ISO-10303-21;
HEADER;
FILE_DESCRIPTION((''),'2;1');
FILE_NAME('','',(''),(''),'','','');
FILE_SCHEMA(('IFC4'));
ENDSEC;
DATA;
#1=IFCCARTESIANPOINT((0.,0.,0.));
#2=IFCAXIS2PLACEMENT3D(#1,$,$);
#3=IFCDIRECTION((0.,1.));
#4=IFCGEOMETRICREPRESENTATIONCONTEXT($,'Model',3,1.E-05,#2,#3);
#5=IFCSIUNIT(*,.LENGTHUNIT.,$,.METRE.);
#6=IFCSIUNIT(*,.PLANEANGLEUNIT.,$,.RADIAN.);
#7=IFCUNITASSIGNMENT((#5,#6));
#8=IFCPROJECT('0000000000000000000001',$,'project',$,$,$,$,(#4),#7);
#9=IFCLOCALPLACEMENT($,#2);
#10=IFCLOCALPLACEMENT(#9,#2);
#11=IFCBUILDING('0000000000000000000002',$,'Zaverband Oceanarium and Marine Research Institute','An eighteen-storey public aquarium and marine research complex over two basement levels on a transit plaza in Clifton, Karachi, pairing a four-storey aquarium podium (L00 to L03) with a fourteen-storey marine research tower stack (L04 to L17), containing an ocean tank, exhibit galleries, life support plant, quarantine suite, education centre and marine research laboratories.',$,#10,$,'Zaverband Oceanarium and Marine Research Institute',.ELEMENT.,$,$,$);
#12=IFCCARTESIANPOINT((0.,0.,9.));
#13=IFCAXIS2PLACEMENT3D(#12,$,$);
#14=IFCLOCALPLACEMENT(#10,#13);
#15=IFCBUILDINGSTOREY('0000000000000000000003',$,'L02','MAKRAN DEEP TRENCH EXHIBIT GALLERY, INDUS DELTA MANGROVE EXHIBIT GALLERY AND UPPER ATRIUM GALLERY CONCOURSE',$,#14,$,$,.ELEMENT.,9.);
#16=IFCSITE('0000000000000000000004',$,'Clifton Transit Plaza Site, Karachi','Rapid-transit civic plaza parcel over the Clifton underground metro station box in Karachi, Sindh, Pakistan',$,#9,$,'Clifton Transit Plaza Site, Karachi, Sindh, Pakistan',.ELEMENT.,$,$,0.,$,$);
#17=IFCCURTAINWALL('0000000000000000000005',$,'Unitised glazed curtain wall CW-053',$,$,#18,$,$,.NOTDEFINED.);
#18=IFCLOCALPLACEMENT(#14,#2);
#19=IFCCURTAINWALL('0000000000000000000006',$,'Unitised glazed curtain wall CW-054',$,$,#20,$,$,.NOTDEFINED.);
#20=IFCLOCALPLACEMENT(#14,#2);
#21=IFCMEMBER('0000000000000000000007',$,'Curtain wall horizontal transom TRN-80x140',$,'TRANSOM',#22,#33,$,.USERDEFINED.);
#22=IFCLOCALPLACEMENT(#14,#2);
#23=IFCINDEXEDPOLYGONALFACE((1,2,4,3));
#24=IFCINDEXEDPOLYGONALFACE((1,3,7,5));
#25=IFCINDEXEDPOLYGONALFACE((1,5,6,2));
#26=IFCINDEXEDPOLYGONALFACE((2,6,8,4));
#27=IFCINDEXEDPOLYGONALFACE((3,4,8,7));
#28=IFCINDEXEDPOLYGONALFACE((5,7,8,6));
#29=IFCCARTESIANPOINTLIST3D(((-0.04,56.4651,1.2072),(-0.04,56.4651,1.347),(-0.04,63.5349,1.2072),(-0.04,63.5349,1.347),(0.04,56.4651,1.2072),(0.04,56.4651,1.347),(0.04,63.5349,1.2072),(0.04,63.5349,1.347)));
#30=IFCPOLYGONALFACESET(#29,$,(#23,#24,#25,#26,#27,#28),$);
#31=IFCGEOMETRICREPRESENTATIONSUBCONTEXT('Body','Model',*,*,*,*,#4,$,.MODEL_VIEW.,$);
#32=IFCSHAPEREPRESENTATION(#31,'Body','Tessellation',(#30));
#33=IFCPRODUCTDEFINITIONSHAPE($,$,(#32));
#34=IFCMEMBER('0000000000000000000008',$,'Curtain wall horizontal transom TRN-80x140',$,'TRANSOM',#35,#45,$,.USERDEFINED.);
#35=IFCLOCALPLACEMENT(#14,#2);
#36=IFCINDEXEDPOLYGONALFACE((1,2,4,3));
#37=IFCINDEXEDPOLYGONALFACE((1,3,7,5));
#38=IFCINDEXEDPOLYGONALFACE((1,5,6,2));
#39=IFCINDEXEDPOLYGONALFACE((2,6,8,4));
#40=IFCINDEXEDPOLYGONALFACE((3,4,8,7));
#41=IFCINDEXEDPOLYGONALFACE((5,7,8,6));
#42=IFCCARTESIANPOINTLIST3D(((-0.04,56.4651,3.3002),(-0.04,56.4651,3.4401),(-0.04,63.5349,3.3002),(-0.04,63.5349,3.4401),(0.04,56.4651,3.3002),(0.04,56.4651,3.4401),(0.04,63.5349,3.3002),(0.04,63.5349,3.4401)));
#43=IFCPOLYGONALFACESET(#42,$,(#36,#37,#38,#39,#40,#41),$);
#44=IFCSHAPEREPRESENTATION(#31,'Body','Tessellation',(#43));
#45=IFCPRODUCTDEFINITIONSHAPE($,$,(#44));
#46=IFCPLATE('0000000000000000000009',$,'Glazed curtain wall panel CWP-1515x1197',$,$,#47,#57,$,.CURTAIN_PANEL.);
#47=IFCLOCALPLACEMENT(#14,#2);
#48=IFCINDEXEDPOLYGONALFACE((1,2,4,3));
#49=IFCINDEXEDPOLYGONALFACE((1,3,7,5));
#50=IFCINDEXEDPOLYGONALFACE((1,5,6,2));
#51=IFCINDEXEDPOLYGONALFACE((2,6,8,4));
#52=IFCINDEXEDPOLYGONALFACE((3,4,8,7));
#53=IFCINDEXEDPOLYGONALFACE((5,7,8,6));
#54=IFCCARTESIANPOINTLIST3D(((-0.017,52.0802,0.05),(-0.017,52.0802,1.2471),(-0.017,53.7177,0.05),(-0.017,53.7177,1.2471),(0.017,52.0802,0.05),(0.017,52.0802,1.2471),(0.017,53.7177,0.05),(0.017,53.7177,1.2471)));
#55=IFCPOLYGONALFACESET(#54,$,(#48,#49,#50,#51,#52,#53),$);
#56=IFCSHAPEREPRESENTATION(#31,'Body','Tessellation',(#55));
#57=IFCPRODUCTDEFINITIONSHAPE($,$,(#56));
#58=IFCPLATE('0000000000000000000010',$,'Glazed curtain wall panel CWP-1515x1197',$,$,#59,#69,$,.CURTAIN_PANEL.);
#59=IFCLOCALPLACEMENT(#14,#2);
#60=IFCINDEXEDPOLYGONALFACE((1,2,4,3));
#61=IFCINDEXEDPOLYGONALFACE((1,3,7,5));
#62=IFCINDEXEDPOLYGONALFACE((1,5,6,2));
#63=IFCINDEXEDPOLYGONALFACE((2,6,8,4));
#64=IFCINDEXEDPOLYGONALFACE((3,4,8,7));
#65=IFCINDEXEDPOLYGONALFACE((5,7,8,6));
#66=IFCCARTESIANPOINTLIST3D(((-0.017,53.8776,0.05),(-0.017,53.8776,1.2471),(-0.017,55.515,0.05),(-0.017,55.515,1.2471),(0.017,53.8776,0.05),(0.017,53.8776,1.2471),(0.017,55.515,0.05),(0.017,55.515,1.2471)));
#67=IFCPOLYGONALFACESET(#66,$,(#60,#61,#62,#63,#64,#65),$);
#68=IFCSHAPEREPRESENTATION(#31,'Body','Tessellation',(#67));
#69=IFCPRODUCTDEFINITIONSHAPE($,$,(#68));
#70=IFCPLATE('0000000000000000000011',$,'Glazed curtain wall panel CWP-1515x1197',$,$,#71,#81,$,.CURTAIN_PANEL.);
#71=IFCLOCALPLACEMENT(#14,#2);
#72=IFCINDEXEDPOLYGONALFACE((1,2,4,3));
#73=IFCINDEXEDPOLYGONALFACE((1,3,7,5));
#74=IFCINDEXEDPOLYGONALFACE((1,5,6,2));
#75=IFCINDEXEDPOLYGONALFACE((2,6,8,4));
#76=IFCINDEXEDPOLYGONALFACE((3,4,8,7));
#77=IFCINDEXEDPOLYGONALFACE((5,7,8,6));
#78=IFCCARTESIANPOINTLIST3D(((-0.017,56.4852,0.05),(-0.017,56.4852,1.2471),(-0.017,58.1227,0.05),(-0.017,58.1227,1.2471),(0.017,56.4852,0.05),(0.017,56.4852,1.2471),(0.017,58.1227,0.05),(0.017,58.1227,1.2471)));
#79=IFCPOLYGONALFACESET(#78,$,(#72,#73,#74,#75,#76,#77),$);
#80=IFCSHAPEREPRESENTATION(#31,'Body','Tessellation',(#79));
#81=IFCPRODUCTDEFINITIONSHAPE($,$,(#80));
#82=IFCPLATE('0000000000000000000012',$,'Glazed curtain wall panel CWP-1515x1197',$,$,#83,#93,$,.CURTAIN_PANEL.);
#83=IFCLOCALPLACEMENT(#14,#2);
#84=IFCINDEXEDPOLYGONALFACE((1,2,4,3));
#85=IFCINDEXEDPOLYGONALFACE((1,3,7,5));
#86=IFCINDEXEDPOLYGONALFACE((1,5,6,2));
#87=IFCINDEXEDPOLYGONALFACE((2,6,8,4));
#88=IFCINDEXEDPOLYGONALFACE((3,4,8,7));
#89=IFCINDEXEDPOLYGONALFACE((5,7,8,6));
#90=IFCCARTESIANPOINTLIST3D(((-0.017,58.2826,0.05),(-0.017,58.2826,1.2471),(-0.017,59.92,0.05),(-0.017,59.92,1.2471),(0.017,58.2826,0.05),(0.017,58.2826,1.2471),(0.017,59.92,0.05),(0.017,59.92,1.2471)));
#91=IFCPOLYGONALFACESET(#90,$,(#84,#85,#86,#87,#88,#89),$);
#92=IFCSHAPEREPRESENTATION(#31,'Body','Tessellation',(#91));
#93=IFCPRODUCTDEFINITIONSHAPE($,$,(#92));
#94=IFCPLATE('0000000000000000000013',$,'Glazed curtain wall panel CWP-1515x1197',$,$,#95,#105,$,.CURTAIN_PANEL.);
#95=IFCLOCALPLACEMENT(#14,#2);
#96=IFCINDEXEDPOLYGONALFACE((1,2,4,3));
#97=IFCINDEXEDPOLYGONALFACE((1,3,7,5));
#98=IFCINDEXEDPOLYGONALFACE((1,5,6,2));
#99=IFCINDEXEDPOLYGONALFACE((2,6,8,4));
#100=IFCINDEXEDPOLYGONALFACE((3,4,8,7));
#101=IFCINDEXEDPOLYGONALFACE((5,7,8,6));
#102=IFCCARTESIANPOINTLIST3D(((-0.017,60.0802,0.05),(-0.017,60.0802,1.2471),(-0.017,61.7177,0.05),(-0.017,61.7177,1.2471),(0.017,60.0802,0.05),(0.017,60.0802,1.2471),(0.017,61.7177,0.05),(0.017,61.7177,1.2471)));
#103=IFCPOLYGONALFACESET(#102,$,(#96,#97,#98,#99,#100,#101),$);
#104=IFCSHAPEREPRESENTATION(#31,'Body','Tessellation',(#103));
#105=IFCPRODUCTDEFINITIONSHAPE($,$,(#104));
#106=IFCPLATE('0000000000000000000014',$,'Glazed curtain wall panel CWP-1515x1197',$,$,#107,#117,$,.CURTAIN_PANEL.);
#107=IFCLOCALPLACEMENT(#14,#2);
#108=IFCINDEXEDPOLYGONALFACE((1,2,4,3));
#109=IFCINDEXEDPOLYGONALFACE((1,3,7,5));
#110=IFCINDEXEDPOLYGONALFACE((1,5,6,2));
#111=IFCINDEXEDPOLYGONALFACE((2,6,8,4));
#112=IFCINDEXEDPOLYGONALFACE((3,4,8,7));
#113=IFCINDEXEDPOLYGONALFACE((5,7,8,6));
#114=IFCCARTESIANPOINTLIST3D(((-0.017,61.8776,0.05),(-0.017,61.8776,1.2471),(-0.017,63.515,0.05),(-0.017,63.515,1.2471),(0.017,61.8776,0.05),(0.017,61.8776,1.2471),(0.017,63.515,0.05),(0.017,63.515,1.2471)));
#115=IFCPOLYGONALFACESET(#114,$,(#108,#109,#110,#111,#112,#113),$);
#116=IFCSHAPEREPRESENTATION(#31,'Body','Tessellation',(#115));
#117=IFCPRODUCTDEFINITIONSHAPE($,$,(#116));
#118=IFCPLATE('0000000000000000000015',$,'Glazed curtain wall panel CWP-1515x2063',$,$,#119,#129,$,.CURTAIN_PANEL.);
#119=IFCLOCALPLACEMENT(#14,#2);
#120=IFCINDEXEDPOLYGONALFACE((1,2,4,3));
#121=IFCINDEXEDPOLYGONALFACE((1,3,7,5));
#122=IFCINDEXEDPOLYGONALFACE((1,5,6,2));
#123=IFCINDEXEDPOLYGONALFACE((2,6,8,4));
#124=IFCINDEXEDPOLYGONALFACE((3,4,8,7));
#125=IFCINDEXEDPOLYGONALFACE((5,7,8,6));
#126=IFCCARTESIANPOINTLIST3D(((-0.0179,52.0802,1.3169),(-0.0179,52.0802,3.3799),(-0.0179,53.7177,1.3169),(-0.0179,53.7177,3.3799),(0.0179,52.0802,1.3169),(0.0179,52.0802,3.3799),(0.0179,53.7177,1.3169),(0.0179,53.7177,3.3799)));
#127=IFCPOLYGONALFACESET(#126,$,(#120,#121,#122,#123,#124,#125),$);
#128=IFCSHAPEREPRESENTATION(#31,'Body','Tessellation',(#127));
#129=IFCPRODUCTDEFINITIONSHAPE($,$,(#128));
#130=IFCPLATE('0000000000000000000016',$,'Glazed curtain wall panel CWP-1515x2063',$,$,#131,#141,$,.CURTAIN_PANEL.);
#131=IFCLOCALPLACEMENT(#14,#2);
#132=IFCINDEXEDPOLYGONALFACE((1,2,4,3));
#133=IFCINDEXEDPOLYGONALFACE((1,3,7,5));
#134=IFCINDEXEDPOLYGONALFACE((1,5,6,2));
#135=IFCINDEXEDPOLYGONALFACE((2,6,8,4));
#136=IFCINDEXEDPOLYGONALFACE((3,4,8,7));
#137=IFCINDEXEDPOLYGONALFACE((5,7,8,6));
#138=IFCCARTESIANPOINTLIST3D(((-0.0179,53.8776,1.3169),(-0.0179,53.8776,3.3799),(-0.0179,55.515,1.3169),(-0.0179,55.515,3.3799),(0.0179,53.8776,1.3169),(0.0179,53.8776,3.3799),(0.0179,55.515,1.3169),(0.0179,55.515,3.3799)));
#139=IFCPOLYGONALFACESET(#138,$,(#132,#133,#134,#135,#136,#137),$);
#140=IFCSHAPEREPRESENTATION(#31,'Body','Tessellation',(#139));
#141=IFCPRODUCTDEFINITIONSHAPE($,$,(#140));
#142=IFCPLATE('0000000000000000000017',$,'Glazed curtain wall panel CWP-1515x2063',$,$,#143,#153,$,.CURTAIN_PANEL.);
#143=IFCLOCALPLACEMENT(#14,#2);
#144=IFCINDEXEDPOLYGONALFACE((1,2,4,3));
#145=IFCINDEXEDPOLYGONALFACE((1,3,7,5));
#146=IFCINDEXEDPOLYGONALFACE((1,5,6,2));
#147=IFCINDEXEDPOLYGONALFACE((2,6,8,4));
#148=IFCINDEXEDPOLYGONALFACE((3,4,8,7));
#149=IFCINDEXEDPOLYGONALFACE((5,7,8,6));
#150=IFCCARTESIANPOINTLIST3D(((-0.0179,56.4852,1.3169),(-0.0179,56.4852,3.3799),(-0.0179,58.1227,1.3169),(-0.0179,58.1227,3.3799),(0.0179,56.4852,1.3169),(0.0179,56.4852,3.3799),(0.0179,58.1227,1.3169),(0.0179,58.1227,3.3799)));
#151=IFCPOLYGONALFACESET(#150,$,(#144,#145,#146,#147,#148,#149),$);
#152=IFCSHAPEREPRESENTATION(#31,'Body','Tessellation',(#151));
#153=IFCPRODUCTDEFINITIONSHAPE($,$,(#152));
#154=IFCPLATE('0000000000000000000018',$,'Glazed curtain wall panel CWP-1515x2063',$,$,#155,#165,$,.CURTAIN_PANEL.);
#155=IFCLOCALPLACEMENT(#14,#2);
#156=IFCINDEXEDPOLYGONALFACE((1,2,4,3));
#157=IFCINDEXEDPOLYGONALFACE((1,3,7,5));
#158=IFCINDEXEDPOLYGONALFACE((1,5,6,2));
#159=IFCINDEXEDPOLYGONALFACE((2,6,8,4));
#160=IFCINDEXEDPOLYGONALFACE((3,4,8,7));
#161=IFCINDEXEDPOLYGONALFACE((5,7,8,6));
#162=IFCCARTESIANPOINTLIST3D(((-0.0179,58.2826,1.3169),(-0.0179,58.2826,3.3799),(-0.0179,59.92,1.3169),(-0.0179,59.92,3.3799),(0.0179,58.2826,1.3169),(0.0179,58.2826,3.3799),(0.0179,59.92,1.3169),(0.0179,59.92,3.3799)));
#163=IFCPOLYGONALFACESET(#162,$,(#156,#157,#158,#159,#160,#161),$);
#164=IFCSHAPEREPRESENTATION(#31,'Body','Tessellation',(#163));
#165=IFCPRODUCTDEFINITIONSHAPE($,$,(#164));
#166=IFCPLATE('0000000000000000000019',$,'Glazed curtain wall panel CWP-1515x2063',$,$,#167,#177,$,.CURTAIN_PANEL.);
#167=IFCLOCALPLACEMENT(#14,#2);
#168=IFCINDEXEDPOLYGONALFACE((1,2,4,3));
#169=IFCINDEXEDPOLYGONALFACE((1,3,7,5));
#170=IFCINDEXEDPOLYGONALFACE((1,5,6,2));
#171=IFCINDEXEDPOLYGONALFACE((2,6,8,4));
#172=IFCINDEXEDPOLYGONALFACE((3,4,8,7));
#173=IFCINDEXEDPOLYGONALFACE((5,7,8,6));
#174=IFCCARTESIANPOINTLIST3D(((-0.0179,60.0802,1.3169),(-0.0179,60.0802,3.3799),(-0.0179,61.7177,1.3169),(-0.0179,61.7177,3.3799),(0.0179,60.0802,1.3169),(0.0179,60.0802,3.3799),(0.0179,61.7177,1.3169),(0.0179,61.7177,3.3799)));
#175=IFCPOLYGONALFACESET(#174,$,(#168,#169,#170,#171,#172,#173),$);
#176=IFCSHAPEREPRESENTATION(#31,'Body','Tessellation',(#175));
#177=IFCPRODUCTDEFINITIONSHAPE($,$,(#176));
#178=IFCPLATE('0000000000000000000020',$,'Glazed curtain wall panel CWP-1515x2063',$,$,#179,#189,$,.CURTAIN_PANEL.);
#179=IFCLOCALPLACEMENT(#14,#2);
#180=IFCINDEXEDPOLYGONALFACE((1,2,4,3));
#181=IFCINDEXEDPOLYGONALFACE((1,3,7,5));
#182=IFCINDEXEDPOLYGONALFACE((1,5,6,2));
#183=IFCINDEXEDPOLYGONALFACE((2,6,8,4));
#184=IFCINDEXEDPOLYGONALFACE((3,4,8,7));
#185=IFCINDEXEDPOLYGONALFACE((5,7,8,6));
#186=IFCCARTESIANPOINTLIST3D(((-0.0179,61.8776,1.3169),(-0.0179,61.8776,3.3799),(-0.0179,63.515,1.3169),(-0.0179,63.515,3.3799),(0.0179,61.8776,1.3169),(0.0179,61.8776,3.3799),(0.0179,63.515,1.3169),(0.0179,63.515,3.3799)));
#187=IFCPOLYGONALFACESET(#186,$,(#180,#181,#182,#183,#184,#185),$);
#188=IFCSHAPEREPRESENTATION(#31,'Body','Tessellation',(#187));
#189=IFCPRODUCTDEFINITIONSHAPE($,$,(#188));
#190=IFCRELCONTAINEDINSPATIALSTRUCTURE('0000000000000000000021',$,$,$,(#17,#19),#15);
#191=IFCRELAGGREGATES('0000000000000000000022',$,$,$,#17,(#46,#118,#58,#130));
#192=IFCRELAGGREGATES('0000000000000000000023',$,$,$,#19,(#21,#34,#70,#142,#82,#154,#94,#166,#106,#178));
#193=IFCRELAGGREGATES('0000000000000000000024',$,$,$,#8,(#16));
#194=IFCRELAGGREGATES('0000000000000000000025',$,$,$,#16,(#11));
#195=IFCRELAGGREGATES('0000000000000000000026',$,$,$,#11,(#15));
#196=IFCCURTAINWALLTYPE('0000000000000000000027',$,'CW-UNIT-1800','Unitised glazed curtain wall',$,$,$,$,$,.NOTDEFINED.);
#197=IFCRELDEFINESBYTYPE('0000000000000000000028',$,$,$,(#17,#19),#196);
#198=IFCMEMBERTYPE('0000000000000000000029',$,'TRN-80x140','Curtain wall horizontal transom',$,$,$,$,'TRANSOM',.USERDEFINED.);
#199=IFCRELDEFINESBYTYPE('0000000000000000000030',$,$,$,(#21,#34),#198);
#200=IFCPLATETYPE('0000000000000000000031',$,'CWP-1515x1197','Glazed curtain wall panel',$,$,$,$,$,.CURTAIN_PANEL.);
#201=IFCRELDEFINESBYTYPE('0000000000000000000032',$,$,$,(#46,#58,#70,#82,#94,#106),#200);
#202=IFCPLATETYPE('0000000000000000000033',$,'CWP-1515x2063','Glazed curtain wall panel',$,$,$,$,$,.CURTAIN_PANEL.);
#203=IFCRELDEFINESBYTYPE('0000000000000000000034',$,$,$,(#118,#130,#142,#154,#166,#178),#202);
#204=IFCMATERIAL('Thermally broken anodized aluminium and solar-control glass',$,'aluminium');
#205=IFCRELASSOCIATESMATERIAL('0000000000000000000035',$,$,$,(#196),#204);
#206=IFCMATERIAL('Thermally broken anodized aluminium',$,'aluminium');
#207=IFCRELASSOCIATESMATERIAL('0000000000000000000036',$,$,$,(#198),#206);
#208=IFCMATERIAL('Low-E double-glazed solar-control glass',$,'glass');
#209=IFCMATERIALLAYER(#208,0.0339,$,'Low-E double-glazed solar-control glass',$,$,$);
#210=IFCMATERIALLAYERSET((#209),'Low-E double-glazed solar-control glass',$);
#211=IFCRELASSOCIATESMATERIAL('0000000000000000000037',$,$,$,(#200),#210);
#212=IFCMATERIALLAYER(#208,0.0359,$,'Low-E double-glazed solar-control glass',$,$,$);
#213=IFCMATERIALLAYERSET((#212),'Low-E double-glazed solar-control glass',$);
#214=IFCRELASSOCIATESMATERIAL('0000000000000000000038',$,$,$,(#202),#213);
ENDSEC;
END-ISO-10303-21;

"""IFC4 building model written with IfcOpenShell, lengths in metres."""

from ifc_helpers import new_model, si_unit, direction, frame, frame_2d, origin, origin_2d, place, context, subcontext, project, spatial, rectangle, extrude, material, layer, layer_set, material_profile, profile_set, type_object, element, aggregate, save


model = new_model("IFC4")

# Units and contexts
model_context = context("Model", 3, precision=1e-05, world=origin(), true_north=direction((0.0, 1.0)))
body_context = subcontext(model_context, "Body", "Model", "MODEL_VIEW")
ifc_project = project(units=[si_unit("LENGTHUNIT", "METRE"), si_unit("PLANEANGLEUNIT", "RADIAN")], contexts=[model_context])

# Site, building, storey
site_placement = place(None, origin())
site = spatial("IfcSite", under=ifc_project, at=site_placement, Name="Clifton Transit Plaza Site, Karachi", Description="Rapid-transit civic plaza parcel over the Clifton underground metro station box in Karachi, Sindh, Pakistan", LongName="Clifton Transit Plaza Site, Karachi, Sindh, Pakistan", CompositionType="ELEMENT", RefElevation=0.0)
building_placement = place(site_placement, origin())
building = spatial("IfcBuilding", under=site, at=building_placement, Name="Zaverband Oceanarium and Marine Research Institute", Description="An eighteen-storey public aquarium and marine research complex over two basement levels on a transit plaza in Clifton, Karachi, pairing a four-storey aquarium podium (L00 to L03) with a fourteen-storey marine research tower stack (L04 to L17), containing an ocean tank, exhibit galleries, life support plant, quarantine suite, education centre and marine research laboratories.", LongName="Zaverband Oceanarium and Marine Research Institute", CompositionType="ELEMENT")
storey_placement = place(building_placement, frame((0.0, 0.0, 9.0)))
storey = spatial("IfcBuildingStorey", under=building, at=storey_placement, Name="L02", Description="MAKRAN DEEP TRENCH EXHIBIT GALLERY, INDUS DELTA MANGROVE EXHIBIT GALLERY AND UPPER ATRIUM GALLERY CONCOURSE", CompositionType="ELEMENT", Elevation=9.0)

# Curtain walls
ifc_material_1 = material(Name="Thermally broken anodized aluminium and solar-control glass", Category="aluminium")
curtain_wall_type = type_object("IfcCurtainWallType", Name="CW-UNIT-1800", Description="Unitised glazed curtain wall", PredefinedType="NOTDEFINED", material=ifc_material_1)
curtain_wall_1_placement = place(storey_placement, origin())
curtain_wall_1 = element("IfcCurtainWall", 1, at=curtain_wall_1_placement, inside=storey, type_object=curtain_wall_type, Name="Unitised glazed curtain wall CW-053", PredefinedType="NOTDEFINED")
ifc_material_2 = material(Name="Thermally broken anodized aluminium", Category="aluminium")
curtain_wall_2_placement = place(storey_placement, origin())
curtain_wall_2 = element("IfcCurtainWall", 2, at=curtain_wall_2_placement, inside=storey, type_object=curtain_wall_type, Name="Unitised glazed curtain wall CW-054", PredefinedType="NOTDEFINED")

# Members
ifc_material_profile_1 = material_profile(ifc_material_2, rectangle(XDim=0.0801, YDim=0.1399, at=origin_2d()), Name="AL-TRN-80x140")
ifc_profile_set_1 = profile_set([ifc_material_profile_1], Name="Thermally broken anodized aluminium")
member_type_1 = type_object("IfcMemberType", Name="TRN-80x140", Description="Curtain wall horizontal transom", ElementType="TRANSOM", PredefinedType="USERDEFINED", material=ifc_profile_set_1)
member_1_placement = place(storey_placement, frame((0.0, 56.4651, 1.2771), z_axis=(0.0, 1.0, 0.0), x_axis=(-1.0, 0.0, 0.0)))
member_1 = element("IfcMember", 3, at=member_1_placement, type_object=member_type_1, Name="Curtain wall horizontal transom TRN-80x140", ObjectType="TRANSOM", PredefinedType="USERDEFINED", context=body_context, shape_type="SweptSolid", body=[
    extrude(rectangle(XDim=0.0801, YDim=0.1399, at=origin_2d()), origin(), (0.0, 0.0, 1.0), 7.0698),
])
member_2_placement = place(storey_placement, frame((0.0, 56.4651, 3.3701), z_axis=(0.0, 1.0, 0.0), x_axis=(-1.0, 0.0, 0.0)))
member_2 = element("IfcMember", 4, at=member_2_placement, type_object=member_type_1, Name="Curtain wall horizontal transom TRN-80x140", ObjectType="TRANSOM", PredefinedType="USERDEFINED", context=body_context, shape_type="SweptSolid", body=[
    extrude(rectangle(XDim=0.0801, YDim=0.1399, at=origin_2d()), origin(), (0.0, 0.0, 1.0), 7.0698),
])

# Plates
ifc_material_3 = material(Name="Low-E double-glazed solar-control glass", Category="glass")
ifc_layer_1 = layer(ifc_material_3, 0.0339, Name="Low-E double-glazed solar-control glass")
ifc_layer_set_1 = layer_set([ifc_layer_1], Name="Low-E double-glazed solar-control glass")
plate_type_1 = type_object("IfcPlateType", Name="CWP-1515x1197", Description="Glazed curtain wall panel", PredefinedType="CURTAIN_PANEL", material=ifc_layer_set_1)
plate_1_placement = place(storey_placement, frame((0.0, 52.0801, 0.05), z_axis=(0.0, 0.0, 1.0), x_axis=(0.0, 1.0, 0.0)))
plate_1 = element("IfcPlate", 5, at=plate_1_placement, type_object=plate_type_1, Name="Glazed curtain wall panel CWP-1515x1197", PredefinedType="CURTAIN_PANEL", context=body_context, shape_type="SweptSolid", body=[
    extrude(rectangle(XDim=1.6375, YDim=0.0339, at=frame_2d((0.8188, 0.0))), origin(), (0.0, 0.0, 1.0), 1.197),
])
plate_2_placement = place(storey_placement, frame((0.0, 53.8774, 0.05), z_axis=(0.0, 0.0, 1.0), x_axis=(0.0, 1.0, 0.0)))
plate_2 = element("IfcPlate", 6, at=plate_2_placement, type_object=plate_type_1, Name="Glazed curtain wall panel CWP-1515x1197", PredefinedType="CURTAIN_PANEL", context=body_context, shape_type="SweptSolid", body=[
    extrude(rectangle(XDim=1.6375, YDim=0.0339, at=frame_2d((0.8188, 0.0))), origin(), (0.0, 0.0, 1.0), 1.197),
])
plate_3_placement = place(storey_placement, frame((0.0, 56.4851, 0.05), z_axis=(0.0, 0.0, 1.0), x_axis=(0.0, 1.0, 0.0)))
plate_3 = element("IfcPlate", 7, at=plate_3_placement, type_object=plate_type_1, Name="Glazed curtain wall panel CWP-1515x1197", PredefinedType="CURTAIN_PANEL", context=body_context, shape_type="SweptSolid", body=[
    extrude(rectangle(XDim=1.6375, YDim=0.0339, at=frame_2d((0.8188, 0.0))), origin(), (0.0, 0.0, 1.0), 1.197),
])
plate_4_placement = place(storey_placement, frame((0.0, 58.2825, 0.05), z_axis=(0.0, 0.0, 1.0), x_axis=(0.0, 1.0, 0.0)))
plate_4 = element("IfcPlate", 8, at=plate_4_placement, type_object=plate_type_1, Name="Glazed curtain wall panel CWP-1515x1197", PredefinedType="CURTAIN_PANEL", context=body_context, shape_type="SweptSolid", body=[
    extrude(rectangle(XDim=1.6375, YDim=0.0339, at=frame_2d((0.8188, 0.0))), origin(), (0.0, 0.0, 1.0), 1.197),
])
plate_5_placement = place(storey_placement, frame((0.0, 60.0801, 0.05), z_axis=(0.0, 0.0, 1.0), x_axis=(0.0, 1.0, 0.0)))
plate_5 = element("IfcPlate", 9, at=plate_5_placement, type_object=plate_type_1, Name="Glazed curtain wall panel CWP-1515x1197", PredefinedType="CURTAIN_PANEL", context=body_context, shape_type="SweptSolid", body=[
    extrude(rectangle(XDim=1.6375, YDim=0.0339, at=frame_2d((0.8188, 0.0))), origin(), (0.0, 0.0, 1.0), 1.197),
])
plate_6_placement = place(storey_placement, frame((0.0, 61.8774, 0.05), z_axis=(0.0, 0.0, 1.0), x_axis=(0.0, 1.0, 0.0)))
plate_6 = element("IfcPlate", 10, at=plate_6_placement, type_object=plate_type_1, Name="Glazed curtain wall panel CWP-1515x1197", PredefinedType="CURTAIN_PANEL", context=body_context, shape_type="SweptSolid", body=[
    extrude(rectangle(XDim=1.6375, YDim=0.0339, at=frame_2d((0.8188, 0.0))), origin(), (0.0, 0.0, 1.0), 1.197),
])
ifc_layer_2 = layer(ifc_material_3, 0.0359, Name="Low-E double-glazed solar-control glass")
ifc_layer_set_2 = layer_set([ifc_layer_2], Name="Low-E double-glazed solar-control glass")
plate_type_2 = type_object("IfcPlateType", Name="CWP-1515x2063", Description="Glazed curtain wall panel", PredefinedType="CURTAIN_PANEL", material=ifc_layer_set_2)
plate_7_placement = place(storey_placement, frame((0.0, 52.0801, 1.3169), z_axis=(0.0, 0.0, 1.0), x_axis=(0.0, 1.0, 0.0)))
plate_7 = element("IfcPlate", 11, at=plate_7_placement, type_object=plate_type_2, Name="Glazed curtain wall panel CWP-1515x2063", PredefinedType="CURTAIN_PANEL", context=body_context, shape_type="SweptSolid", body=[
    extrude(rectangle(XDim=1.6375, YDim=0.0359, at=frame_2d((0.8188, 0.0))), origin(), (0.0, 0.0, 1.0), 2.063),
])
plate_8_placement = place(storey_placement, frame((0.0, 53.8774, 1.3169), z_axis=(0.0, 0.0, 1.0), x_axis=(0.0, 1.0, 0.0)))
plate_8 = element("IfcPlate", 12, at=plate_8_placement, type_object=plate_type_2, Name="Glazed curtain wall panel CWP-1515x2063", PredefinedType="CURTAIN_PANEL", context=body_context, shape_type="SweptSolid", body=[
    extrude(rectangle(XDim=1.6375, YDim=0.0359, at=frame_2d((0.8188, 0.0))), origin(), (0.0, 0.0, 1.0), 2.063),
])
aggregate(curtain_wall_1, [plate_1, plate_7, plate_2, plate_8])
plate_9_placement = place(storey_placement, frame((0.0, 56.4851, 1.3169), z_axis=(0.0, 0.0, 1.0), x_axis=(0.0, 1.0, 0.0)))
plate_9 = element("IfcPlate", 13, at=plate_9_placement, type_object=plate_type_2, Name="Glazed curtain wall panel CWP-1515x2063", PredefinedType="CURTAIN_PANEL", context=body_context, shape_type="SweptSolid", body=[
    extrude(rectangle(XDim=1.6375, YDim=0.0359, at=frame_2d((0.8188, 0.0))), origin(), (0.0, 0.0, 1.0), 2.063),
])
plate_10_placement = place(storey_placement, frame((0.0, 58.2825, 1.3169), z_axis=(0.0, 0.0, 1.0), x_axis=(0.0, 1.0, 0.0)))
plate_10 = element("IfcPlate", 14, at=plate_10_placement, type_object=plate_type_2, Name="Glazed curtain wall panel CWP-1515x2063", PredefinedType="CURTAIN_PANEL", context=body_context, shape_type="SweptSolid", body=[
    extrude(rectangle(XDim=1.6375, YDim=0.0359, at=frame_2d((0.8188, 0.0))), origin(), (0.0, 0.0, 1.0), 2.063),
])
plate_11_placement = place(storey_placement, frame((0.0, 60.0801, 1.3169), z_axis=(0.0, 0.0, 1.0), x_axis=(0.0, 1.0, 0.0)))
plate_11 = element("IfcPlate", 15, at=plate_11_placement, type_object=plate_type_2, Name="Glazed curtain wall panel CWP-1515x2063", PredefinedType="CURTAIN_PANEL", context=body_context, shape_type="SweptSolid", body=[
    extrude(rectangle(XDim=1.6375, YDim=0.0359, at=frame_2d((0.8188, 0.0))), origin(), (0.0, 0.0, 1.0), 2.063),
])
plate_12_placement = place(storey_placement, frame((0.0, 61.8774, 1.3169), z_axis=(0.0, 0.0, 1.0), x_axis=(0.0, 1.0, 0.0)))
plate_12 = element("IfcPlate", 16, at=plate_12_placement, type_object=plate_type_2, Name="Glazed curtain wall panel CWP-1515x2063", PredefinedType="CURTAIN_PANEL", context=body_context, shape_type="SweptSolid", body=[
    extrude(rectangle(XDim=1.6375, YDim=0.0359, at=frame_2d((0.8188, 0.0))), origin(), (0.0, 0.0, 1.0), 2.063),
])
aggregate(curtain_wall_2, [member_1, member_2, plate_3, plate_9, plate_4, plate_10, plate_5, plate_11, plate_6, plate_12])

save(model, "model.ifc")
